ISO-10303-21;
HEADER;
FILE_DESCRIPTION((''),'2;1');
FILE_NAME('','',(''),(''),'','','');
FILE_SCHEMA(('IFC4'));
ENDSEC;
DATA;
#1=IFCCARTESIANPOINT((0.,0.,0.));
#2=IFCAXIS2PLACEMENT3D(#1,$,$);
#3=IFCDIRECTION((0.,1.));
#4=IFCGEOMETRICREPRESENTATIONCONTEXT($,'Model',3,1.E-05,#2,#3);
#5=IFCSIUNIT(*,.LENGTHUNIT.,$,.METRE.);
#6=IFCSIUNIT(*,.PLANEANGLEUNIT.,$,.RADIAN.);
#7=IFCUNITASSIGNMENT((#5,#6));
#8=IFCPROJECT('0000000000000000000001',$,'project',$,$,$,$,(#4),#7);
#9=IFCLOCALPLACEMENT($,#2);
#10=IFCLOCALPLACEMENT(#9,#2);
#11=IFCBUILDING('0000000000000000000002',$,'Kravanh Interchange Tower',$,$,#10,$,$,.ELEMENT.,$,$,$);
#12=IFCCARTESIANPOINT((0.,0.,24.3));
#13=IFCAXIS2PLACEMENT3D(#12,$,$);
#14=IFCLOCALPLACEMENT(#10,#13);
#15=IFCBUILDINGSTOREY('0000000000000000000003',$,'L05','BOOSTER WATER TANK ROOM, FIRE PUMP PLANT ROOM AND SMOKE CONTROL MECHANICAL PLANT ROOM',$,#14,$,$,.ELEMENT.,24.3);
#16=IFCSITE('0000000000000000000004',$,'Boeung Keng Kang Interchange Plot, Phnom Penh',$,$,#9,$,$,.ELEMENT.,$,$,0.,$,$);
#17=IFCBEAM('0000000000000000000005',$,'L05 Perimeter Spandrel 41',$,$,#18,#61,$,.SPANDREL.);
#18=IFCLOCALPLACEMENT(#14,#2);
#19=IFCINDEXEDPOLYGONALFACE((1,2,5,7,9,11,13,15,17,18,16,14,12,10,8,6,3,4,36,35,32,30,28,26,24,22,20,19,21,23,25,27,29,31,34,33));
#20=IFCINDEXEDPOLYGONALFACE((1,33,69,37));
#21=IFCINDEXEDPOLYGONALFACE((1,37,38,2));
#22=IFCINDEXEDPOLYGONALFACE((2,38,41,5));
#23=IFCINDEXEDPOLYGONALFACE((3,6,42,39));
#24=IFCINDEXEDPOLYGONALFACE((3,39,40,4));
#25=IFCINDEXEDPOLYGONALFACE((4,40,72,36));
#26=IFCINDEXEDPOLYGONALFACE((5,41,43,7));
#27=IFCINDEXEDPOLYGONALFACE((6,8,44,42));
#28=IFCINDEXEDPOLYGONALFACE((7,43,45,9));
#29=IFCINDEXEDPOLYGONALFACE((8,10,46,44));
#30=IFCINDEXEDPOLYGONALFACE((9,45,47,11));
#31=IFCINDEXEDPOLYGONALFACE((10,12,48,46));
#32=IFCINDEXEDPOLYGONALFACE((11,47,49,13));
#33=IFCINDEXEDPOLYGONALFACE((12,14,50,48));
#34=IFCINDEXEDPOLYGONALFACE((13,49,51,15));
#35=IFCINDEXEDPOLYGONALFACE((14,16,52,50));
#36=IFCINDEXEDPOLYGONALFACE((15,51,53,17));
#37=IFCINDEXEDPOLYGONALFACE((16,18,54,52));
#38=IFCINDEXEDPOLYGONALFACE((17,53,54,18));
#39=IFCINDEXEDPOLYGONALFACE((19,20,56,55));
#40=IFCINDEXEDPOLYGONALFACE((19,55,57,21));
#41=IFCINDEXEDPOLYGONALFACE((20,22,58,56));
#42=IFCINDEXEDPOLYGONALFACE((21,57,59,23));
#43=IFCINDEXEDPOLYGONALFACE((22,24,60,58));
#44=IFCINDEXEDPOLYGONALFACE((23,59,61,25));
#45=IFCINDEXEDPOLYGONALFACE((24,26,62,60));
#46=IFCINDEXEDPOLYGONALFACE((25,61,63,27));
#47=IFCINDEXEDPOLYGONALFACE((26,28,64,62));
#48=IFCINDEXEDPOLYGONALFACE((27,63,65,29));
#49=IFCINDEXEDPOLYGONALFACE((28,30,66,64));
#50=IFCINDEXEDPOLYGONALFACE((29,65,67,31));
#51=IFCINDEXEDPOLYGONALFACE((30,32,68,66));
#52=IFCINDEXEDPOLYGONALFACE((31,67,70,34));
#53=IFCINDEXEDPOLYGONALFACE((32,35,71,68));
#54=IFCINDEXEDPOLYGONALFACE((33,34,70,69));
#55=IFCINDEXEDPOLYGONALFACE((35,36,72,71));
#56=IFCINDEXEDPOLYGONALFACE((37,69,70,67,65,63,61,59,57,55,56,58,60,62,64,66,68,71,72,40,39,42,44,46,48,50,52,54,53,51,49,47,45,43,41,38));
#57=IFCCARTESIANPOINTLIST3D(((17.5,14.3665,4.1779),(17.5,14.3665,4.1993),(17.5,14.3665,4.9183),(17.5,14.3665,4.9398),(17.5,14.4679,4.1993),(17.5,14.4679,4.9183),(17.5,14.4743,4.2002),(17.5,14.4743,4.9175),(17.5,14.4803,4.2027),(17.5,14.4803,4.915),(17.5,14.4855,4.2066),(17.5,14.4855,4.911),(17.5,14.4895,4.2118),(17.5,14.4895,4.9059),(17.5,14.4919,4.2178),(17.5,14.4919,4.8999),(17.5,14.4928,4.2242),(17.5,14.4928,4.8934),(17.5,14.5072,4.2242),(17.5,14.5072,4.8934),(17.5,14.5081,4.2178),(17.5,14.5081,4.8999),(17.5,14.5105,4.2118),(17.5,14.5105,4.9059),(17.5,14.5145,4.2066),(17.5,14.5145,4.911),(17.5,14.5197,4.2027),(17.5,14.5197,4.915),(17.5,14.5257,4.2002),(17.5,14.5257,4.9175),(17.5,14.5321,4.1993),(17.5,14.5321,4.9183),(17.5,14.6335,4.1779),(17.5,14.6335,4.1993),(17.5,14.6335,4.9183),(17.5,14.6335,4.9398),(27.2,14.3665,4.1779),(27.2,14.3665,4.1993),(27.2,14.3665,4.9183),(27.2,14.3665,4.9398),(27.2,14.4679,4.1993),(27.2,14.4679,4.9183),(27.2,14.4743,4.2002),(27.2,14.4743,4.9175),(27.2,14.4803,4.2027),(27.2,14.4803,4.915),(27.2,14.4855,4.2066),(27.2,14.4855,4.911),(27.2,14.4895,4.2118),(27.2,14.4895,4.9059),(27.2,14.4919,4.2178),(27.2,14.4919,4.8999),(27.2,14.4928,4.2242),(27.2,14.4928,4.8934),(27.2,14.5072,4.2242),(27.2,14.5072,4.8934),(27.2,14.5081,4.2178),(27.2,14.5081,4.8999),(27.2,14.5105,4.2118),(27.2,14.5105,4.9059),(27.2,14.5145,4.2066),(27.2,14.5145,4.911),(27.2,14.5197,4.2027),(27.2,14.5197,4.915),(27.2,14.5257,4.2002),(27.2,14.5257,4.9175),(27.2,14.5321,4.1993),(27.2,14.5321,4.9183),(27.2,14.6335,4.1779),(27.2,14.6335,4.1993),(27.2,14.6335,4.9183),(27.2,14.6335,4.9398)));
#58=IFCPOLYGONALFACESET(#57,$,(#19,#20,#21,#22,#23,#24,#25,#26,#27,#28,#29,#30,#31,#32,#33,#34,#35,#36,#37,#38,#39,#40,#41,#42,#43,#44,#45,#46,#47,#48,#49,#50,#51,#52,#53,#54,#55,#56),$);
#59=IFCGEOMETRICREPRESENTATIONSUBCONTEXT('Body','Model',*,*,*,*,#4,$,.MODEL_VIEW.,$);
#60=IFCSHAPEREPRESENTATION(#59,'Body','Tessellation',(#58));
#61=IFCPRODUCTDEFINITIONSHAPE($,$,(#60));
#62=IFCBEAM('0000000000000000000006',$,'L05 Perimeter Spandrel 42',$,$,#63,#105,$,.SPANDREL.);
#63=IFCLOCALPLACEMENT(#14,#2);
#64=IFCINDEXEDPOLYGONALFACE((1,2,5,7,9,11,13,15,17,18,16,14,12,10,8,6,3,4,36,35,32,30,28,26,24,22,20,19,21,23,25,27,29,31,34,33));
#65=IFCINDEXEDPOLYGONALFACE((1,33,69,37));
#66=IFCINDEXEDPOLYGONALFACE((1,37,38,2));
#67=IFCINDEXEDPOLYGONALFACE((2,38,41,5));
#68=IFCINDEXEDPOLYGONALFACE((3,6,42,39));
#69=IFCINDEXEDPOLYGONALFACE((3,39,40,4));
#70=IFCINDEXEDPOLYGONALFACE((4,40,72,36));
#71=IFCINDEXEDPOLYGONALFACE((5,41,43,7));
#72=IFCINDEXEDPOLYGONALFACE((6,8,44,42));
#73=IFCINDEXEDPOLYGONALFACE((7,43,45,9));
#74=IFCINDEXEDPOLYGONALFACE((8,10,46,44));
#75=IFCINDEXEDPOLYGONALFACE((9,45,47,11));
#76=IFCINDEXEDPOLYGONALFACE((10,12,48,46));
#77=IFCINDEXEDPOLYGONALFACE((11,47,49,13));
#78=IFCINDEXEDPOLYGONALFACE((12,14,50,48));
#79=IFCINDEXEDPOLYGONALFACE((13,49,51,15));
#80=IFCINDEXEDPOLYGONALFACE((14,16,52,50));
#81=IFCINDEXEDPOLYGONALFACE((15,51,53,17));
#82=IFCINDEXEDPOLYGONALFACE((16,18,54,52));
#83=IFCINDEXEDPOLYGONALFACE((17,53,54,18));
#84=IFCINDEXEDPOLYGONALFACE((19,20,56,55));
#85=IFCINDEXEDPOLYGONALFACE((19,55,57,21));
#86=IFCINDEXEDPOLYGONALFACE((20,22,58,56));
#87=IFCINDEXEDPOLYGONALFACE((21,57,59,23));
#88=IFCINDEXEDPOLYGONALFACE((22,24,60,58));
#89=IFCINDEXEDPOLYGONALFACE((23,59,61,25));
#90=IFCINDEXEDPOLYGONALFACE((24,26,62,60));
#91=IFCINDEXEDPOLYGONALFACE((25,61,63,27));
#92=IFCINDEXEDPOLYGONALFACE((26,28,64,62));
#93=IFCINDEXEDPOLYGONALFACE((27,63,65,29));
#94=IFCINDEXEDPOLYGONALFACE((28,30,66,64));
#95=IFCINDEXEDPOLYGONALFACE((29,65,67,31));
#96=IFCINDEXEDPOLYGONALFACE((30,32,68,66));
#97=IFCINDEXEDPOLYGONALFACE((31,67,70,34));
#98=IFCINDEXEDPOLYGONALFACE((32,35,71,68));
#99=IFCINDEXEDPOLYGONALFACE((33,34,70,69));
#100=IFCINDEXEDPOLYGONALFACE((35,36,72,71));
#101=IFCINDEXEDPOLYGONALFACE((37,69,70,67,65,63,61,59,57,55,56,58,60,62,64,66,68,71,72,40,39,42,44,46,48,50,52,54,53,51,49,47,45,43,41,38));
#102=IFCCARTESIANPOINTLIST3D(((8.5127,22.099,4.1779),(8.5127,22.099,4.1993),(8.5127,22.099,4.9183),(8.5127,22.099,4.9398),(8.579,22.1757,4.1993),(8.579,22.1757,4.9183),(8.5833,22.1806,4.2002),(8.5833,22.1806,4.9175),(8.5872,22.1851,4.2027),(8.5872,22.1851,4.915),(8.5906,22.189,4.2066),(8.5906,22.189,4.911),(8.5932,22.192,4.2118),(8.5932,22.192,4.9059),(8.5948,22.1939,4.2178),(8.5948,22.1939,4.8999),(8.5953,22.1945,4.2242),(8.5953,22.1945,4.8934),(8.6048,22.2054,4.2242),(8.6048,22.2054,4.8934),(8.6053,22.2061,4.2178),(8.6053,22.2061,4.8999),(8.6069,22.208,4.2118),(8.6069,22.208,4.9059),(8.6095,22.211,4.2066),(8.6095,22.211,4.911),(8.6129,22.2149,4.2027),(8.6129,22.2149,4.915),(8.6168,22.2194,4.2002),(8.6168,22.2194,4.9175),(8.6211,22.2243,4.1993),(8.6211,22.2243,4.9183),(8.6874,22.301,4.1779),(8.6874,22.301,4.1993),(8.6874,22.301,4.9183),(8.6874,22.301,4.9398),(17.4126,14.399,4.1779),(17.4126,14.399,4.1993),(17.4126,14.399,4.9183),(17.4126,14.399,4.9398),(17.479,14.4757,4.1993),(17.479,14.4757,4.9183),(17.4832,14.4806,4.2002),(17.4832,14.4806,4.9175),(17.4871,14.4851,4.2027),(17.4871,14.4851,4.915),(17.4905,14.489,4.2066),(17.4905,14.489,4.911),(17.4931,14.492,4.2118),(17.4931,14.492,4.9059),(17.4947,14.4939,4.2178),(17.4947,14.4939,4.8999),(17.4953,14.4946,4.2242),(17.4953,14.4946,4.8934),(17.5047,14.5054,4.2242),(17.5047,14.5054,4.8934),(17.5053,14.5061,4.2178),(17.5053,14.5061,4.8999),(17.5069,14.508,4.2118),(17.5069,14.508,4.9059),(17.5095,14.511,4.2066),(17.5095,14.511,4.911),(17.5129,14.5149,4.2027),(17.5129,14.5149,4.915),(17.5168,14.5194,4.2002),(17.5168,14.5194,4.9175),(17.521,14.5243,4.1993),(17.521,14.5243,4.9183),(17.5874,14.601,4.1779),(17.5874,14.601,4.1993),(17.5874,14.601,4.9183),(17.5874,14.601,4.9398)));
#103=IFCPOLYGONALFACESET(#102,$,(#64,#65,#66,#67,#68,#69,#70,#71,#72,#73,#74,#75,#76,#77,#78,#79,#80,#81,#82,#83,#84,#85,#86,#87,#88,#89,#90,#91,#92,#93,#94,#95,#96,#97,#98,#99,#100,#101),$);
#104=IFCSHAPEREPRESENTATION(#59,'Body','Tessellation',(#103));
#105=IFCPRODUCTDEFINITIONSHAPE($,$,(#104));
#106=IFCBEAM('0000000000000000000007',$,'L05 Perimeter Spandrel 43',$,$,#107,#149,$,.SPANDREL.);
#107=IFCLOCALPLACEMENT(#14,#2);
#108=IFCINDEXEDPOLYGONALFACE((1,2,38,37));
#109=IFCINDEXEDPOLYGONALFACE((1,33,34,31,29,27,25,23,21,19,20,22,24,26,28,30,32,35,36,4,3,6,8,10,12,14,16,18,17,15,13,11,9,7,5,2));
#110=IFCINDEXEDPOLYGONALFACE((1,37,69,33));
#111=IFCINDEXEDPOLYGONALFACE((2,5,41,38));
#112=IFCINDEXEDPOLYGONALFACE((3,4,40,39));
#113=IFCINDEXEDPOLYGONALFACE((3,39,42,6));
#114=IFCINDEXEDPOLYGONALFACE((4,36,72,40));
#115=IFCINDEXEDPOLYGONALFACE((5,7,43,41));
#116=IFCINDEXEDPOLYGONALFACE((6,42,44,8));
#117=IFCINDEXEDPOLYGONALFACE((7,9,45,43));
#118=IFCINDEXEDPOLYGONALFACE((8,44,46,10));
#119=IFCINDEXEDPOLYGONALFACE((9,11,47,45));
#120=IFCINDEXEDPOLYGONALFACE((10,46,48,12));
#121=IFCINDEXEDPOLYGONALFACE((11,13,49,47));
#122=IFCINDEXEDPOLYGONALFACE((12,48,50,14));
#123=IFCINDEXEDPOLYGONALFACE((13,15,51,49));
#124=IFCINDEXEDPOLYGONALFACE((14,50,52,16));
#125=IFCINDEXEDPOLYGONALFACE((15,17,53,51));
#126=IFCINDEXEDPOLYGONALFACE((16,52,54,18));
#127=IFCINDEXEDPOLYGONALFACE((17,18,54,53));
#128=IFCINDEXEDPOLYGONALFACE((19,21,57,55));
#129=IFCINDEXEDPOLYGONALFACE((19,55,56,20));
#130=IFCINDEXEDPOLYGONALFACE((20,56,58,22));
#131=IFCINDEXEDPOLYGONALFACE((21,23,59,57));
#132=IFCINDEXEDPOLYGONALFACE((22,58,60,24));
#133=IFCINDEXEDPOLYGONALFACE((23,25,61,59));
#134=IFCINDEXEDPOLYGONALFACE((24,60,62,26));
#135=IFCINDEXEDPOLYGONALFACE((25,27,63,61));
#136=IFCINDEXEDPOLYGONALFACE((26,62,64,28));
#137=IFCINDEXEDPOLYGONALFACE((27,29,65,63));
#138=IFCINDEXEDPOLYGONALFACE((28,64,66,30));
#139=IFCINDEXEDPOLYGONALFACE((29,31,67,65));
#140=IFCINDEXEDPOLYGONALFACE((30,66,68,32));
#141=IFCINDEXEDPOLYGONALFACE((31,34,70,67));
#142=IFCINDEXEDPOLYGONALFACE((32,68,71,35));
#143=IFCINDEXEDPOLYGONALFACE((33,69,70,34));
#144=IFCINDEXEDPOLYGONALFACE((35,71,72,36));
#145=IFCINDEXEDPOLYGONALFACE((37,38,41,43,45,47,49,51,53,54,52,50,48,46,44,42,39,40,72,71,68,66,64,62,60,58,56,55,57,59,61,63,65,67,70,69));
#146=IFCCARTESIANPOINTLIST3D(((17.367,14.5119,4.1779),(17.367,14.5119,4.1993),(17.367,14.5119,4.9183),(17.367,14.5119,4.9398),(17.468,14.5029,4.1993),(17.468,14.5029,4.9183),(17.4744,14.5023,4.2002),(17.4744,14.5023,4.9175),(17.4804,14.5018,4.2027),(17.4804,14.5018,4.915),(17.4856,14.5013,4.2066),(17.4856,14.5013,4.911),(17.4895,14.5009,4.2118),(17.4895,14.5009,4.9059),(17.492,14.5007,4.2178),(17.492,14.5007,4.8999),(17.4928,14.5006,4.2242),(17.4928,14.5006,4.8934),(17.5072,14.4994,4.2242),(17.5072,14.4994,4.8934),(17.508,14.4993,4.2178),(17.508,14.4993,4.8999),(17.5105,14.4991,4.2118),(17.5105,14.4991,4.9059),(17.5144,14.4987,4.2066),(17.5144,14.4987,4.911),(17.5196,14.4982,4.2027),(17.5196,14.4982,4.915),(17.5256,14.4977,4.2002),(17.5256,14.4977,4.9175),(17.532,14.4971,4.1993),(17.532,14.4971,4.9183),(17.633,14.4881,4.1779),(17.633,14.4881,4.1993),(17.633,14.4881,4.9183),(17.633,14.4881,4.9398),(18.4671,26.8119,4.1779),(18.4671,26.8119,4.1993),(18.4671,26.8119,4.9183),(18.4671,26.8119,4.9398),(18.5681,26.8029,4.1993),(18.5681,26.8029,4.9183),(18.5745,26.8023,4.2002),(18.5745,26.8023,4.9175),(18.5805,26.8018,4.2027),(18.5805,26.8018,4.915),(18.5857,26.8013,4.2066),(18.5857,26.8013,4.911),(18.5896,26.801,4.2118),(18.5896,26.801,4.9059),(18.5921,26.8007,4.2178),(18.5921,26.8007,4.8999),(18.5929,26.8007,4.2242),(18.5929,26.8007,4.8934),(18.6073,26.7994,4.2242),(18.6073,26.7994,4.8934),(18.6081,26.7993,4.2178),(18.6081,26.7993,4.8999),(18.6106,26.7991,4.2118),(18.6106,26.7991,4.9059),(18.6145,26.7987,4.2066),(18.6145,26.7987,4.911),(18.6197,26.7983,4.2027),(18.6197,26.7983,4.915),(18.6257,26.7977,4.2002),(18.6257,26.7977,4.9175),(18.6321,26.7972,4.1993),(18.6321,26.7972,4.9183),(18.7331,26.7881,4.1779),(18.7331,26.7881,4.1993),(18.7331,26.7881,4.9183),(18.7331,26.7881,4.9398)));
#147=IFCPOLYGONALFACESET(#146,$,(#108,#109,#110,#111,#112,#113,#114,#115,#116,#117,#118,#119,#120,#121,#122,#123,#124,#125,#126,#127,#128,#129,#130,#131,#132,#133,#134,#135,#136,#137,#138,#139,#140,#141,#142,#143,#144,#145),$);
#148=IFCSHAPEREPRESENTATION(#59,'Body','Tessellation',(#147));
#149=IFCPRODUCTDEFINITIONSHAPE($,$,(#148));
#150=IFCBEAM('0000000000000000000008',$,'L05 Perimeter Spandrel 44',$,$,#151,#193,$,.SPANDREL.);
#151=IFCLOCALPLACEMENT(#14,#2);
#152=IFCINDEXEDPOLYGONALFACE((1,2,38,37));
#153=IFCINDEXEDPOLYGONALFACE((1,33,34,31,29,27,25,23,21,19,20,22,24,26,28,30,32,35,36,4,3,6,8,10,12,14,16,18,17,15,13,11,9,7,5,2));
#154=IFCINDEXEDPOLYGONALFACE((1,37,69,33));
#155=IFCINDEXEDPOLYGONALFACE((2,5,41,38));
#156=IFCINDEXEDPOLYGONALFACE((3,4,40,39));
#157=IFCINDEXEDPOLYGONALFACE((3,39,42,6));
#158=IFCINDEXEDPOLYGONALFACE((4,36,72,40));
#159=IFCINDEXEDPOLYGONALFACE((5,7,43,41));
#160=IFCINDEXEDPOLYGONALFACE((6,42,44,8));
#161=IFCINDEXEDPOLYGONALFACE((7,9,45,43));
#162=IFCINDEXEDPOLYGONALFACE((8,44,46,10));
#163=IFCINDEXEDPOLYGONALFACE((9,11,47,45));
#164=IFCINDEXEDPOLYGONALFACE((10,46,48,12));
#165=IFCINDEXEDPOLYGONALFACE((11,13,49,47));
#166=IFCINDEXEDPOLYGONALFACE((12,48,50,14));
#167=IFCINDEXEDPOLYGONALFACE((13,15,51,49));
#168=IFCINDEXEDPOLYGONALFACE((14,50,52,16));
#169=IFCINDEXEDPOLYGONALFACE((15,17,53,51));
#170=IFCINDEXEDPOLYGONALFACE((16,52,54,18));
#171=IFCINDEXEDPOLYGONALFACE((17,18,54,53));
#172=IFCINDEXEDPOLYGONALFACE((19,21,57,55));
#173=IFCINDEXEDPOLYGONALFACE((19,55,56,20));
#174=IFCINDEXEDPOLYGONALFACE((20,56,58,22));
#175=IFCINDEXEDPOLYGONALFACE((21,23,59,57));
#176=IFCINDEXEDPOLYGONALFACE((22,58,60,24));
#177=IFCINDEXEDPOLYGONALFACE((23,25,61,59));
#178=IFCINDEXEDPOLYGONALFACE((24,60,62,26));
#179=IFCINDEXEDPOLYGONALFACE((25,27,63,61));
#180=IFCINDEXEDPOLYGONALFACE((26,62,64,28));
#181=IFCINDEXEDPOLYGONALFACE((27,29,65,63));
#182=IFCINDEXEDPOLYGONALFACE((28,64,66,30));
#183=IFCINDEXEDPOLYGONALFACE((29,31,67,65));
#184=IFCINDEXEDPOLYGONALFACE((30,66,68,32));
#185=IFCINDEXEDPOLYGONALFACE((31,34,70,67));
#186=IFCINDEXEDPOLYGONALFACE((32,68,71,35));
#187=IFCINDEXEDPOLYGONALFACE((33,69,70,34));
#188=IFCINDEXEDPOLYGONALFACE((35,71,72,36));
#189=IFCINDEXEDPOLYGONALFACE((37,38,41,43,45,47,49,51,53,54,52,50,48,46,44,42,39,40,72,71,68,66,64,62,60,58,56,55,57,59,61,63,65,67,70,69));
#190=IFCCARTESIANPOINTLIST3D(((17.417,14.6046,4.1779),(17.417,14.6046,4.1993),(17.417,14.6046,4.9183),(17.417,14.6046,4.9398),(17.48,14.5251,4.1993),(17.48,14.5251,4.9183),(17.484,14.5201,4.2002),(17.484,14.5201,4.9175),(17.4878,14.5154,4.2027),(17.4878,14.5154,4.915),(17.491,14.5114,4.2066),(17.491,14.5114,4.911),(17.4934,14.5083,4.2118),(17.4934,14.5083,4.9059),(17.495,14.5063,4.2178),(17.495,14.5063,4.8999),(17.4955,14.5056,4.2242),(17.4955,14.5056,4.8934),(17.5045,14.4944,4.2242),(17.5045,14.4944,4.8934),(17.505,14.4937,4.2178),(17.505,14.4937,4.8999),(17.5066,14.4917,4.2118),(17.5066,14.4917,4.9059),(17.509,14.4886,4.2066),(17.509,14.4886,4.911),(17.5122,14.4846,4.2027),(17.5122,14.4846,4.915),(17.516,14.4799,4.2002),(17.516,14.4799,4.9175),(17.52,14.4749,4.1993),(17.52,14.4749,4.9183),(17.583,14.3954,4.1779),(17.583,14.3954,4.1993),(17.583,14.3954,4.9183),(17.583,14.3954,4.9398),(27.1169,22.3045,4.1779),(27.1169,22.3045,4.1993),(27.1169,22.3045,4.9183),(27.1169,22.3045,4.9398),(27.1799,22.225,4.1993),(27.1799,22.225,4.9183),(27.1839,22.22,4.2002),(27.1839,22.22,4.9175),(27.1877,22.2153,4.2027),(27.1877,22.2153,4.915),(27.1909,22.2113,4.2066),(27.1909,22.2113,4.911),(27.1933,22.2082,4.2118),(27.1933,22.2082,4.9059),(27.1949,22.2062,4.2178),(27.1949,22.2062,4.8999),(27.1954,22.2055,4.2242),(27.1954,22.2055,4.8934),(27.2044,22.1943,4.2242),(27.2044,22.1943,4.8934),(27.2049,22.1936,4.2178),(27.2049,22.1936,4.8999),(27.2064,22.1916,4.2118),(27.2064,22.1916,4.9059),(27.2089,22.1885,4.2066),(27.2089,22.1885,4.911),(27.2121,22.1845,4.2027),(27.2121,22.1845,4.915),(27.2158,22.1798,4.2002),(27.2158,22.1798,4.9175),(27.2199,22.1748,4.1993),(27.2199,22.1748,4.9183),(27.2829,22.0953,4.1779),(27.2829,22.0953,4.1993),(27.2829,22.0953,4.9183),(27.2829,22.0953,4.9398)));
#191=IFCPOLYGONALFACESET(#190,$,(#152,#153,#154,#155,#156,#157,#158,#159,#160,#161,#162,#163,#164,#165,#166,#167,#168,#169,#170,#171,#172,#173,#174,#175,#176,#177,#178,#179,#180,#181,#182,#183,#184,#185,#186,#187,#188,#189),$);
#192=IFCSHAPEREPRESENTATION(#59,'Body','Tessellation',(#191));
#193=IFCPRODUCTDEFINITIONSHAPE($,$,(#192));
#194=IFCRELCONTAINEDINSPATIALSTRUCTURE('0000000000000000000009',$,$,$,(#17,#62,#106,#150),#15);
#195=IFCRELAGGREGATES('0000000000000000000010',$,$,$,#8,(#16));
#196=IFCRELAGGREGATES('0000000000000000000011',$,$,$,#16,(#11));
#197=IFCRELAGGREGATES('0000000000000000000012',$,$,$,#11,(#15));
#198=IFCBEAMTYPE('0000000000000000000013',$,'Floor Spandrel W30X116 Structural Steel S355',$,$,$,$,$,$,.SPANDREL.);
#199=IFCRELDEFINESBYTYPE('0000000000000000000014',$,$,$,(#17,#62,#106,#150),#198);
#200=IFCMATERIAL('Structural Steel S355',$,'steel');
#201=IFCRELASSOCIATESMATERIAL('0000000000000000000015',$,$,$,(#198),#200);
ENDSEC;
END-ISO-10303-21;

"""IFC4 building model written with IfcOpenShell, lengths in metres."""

from ifc_helpers import new_model, si_unit, direction, frame, origin, origin_2d, place, context, subcontext, project, spatial, i_section, extrude, material, material_profile, profile_set, type_object, element, save


model = new_model("IFC4")

# Units and contexts
model_context = context("Model", 3, precision=1e-05, world=origin(), true_north=direction((0.0, 1.0)))
body_context = subcontext(model_context, "Body", "Model", "MODEL_VIEW")
ifc_project = project(units=[si_unit("LENGTHUNIT", "METRE"), si_unit("PLANEANGLEUNIT", "RADIAN")], contexts=[model_context])

# Site, building, storey
site_placement = place(None, origin())
site = spatial("IfcSite", under=ifc_project, at=site_placement, Name="Boeung Keng Kang Interchange Plot, Phnom Penh", CompositionType="ELEMENT", RefElevation=0.0)
building_placement = place(site_placement, origin())
building = spatial("IfcBuilding", under=site, at=building_placement, Name="Kravanh Interchange Tower", CompositionType="ELEMENT")
storey_placement = place(building_placement, frame((0.0, 0.0, 24.3)))
storey = spatial("IfcBuildingStorey", under=building, at=storey_placement, Name="L05", Description="BOOSTER WATER TANK ROOM, FIRE PUMP PLANT ROOM AND SMOKE CONTROL MECHANICAL PLANT ROOM", CompositionType="ELEMENT", Elevation=24.3)

# Beams
ifc_material_1 = material(Name="Structural Steel S355", Category="steel")
ifc_material_profile_1 = material_profile(ifc_material_1, i_section(OverallWidth=0.2671, OverallDepth=0.762, WebThickness=0.0144, FlangeThickness=0.0215, FilletRadius=0.0249, at=origin_2d()), Name="W30X116")
ifc_profile_set_1 = profile_set([ifc_material_profile_1], Name="Structural Steel S355")
beam_type_1 = type_object("IfcBeamType", Name="Floor Spandrel W30X116 Structural Steel S355", PredefinedType="SPANDREL", material=ifc_profile_set_1)
beam_1_placement = place(storey_placement, frame((17.5, 14.5, 4.5588), z_axis=(1.0, 0.0, 0.0), x_axis=(0.0, 1.0, 0.0)))
element("IfcBeam", 1, at=beam_1_placement, inside=storey, type_object=beam_type_1, Name="L05 Perimeter Spandrel 41", PredefinedType="SPANDREL", context=body_context, shape_type="SweptSolid", body=[
    extrude(i_section(OverallWidth=0.2671, OverallDepth=0.762, WebThickness=0.0144, FlangeThickness=0.0215, FilletRadius=0.0249, at=origin_2d()), origin(), (0.0, 0.0, 1.0), 9.7),
])
beam_2_placement = place(storey_placement, frame((17.5, 14.5, 4.5588), z_axis=(-0.756248, 0.654285, 0.0), x_axis=(-0.654285, -0.756248, 0.0)))
element("IfcBeam", 2, at=beam_2_placement, inside=storey, type_object=beam_type_1, Name="L05 Perimeter Spandrel 42", PredefinedType="SPANDREL", context=body_context, shape_type="SweptSolid", body=[
    extrude(i_section(OverallWidth=0.2671, OverallDepth=0.762, WebThickness=0.0144, FlangeThickness=0.0215, FilletRadius=0.0249, at=origin_2d()), origin(), (0.0, 0.0, 1.0), 11.7686),
])
beam_3_placement = place(storey_placement, frame((17.5, 14.5, 4.5588), z_axis=(0.089083, 0.996024, 0.0), x_axis=(-0.996024, 0.089083, 0.0)))
element("IfcBeam", 3, at=beam_3_placement, inside=storey, type_object=beam_type_1, Name="L05 Perimeter Spandrel 43", PredefinedType="SPANDREL", context=body_context, shape_type="SweptSolid", body=[
    extrude(i_section(OverallWidth=0.2671, OverallDepth=0.762, WebThickness=0.0144, FlangeThickness=0.0215, FilletRadius=0.0249, at=origin_2d()), origin(), (0.0, 0.0, 1.0), 12.3491),
])
beam_4_placement = place(storey_placement, frame((17.5, 14.5, 4.5588), z_axis=(0.783227, 0.621736, 0.0), x_axis=(-0.621736, 0.783227, 0.0)))
element("IfcBeam", 4, at=beam_4_placement, inside=storey, type_object=beam_type_1, Name="L05 Perimeter Spandrel 44", PredefinedType="SPANDREL", context=body_context, shape_type="SweptSolid", body=[
    extrude(i_section(OverallWidth=0.2671, OverallDepth=0.762, WebThickness=0.0144, FlangeThickness=0.0215, FilletRadius=0.0249, at=origin_2d()), origin(), (0.0, 0.0, 1.0), 12.3845),
])

save(model, "model.ifc")
